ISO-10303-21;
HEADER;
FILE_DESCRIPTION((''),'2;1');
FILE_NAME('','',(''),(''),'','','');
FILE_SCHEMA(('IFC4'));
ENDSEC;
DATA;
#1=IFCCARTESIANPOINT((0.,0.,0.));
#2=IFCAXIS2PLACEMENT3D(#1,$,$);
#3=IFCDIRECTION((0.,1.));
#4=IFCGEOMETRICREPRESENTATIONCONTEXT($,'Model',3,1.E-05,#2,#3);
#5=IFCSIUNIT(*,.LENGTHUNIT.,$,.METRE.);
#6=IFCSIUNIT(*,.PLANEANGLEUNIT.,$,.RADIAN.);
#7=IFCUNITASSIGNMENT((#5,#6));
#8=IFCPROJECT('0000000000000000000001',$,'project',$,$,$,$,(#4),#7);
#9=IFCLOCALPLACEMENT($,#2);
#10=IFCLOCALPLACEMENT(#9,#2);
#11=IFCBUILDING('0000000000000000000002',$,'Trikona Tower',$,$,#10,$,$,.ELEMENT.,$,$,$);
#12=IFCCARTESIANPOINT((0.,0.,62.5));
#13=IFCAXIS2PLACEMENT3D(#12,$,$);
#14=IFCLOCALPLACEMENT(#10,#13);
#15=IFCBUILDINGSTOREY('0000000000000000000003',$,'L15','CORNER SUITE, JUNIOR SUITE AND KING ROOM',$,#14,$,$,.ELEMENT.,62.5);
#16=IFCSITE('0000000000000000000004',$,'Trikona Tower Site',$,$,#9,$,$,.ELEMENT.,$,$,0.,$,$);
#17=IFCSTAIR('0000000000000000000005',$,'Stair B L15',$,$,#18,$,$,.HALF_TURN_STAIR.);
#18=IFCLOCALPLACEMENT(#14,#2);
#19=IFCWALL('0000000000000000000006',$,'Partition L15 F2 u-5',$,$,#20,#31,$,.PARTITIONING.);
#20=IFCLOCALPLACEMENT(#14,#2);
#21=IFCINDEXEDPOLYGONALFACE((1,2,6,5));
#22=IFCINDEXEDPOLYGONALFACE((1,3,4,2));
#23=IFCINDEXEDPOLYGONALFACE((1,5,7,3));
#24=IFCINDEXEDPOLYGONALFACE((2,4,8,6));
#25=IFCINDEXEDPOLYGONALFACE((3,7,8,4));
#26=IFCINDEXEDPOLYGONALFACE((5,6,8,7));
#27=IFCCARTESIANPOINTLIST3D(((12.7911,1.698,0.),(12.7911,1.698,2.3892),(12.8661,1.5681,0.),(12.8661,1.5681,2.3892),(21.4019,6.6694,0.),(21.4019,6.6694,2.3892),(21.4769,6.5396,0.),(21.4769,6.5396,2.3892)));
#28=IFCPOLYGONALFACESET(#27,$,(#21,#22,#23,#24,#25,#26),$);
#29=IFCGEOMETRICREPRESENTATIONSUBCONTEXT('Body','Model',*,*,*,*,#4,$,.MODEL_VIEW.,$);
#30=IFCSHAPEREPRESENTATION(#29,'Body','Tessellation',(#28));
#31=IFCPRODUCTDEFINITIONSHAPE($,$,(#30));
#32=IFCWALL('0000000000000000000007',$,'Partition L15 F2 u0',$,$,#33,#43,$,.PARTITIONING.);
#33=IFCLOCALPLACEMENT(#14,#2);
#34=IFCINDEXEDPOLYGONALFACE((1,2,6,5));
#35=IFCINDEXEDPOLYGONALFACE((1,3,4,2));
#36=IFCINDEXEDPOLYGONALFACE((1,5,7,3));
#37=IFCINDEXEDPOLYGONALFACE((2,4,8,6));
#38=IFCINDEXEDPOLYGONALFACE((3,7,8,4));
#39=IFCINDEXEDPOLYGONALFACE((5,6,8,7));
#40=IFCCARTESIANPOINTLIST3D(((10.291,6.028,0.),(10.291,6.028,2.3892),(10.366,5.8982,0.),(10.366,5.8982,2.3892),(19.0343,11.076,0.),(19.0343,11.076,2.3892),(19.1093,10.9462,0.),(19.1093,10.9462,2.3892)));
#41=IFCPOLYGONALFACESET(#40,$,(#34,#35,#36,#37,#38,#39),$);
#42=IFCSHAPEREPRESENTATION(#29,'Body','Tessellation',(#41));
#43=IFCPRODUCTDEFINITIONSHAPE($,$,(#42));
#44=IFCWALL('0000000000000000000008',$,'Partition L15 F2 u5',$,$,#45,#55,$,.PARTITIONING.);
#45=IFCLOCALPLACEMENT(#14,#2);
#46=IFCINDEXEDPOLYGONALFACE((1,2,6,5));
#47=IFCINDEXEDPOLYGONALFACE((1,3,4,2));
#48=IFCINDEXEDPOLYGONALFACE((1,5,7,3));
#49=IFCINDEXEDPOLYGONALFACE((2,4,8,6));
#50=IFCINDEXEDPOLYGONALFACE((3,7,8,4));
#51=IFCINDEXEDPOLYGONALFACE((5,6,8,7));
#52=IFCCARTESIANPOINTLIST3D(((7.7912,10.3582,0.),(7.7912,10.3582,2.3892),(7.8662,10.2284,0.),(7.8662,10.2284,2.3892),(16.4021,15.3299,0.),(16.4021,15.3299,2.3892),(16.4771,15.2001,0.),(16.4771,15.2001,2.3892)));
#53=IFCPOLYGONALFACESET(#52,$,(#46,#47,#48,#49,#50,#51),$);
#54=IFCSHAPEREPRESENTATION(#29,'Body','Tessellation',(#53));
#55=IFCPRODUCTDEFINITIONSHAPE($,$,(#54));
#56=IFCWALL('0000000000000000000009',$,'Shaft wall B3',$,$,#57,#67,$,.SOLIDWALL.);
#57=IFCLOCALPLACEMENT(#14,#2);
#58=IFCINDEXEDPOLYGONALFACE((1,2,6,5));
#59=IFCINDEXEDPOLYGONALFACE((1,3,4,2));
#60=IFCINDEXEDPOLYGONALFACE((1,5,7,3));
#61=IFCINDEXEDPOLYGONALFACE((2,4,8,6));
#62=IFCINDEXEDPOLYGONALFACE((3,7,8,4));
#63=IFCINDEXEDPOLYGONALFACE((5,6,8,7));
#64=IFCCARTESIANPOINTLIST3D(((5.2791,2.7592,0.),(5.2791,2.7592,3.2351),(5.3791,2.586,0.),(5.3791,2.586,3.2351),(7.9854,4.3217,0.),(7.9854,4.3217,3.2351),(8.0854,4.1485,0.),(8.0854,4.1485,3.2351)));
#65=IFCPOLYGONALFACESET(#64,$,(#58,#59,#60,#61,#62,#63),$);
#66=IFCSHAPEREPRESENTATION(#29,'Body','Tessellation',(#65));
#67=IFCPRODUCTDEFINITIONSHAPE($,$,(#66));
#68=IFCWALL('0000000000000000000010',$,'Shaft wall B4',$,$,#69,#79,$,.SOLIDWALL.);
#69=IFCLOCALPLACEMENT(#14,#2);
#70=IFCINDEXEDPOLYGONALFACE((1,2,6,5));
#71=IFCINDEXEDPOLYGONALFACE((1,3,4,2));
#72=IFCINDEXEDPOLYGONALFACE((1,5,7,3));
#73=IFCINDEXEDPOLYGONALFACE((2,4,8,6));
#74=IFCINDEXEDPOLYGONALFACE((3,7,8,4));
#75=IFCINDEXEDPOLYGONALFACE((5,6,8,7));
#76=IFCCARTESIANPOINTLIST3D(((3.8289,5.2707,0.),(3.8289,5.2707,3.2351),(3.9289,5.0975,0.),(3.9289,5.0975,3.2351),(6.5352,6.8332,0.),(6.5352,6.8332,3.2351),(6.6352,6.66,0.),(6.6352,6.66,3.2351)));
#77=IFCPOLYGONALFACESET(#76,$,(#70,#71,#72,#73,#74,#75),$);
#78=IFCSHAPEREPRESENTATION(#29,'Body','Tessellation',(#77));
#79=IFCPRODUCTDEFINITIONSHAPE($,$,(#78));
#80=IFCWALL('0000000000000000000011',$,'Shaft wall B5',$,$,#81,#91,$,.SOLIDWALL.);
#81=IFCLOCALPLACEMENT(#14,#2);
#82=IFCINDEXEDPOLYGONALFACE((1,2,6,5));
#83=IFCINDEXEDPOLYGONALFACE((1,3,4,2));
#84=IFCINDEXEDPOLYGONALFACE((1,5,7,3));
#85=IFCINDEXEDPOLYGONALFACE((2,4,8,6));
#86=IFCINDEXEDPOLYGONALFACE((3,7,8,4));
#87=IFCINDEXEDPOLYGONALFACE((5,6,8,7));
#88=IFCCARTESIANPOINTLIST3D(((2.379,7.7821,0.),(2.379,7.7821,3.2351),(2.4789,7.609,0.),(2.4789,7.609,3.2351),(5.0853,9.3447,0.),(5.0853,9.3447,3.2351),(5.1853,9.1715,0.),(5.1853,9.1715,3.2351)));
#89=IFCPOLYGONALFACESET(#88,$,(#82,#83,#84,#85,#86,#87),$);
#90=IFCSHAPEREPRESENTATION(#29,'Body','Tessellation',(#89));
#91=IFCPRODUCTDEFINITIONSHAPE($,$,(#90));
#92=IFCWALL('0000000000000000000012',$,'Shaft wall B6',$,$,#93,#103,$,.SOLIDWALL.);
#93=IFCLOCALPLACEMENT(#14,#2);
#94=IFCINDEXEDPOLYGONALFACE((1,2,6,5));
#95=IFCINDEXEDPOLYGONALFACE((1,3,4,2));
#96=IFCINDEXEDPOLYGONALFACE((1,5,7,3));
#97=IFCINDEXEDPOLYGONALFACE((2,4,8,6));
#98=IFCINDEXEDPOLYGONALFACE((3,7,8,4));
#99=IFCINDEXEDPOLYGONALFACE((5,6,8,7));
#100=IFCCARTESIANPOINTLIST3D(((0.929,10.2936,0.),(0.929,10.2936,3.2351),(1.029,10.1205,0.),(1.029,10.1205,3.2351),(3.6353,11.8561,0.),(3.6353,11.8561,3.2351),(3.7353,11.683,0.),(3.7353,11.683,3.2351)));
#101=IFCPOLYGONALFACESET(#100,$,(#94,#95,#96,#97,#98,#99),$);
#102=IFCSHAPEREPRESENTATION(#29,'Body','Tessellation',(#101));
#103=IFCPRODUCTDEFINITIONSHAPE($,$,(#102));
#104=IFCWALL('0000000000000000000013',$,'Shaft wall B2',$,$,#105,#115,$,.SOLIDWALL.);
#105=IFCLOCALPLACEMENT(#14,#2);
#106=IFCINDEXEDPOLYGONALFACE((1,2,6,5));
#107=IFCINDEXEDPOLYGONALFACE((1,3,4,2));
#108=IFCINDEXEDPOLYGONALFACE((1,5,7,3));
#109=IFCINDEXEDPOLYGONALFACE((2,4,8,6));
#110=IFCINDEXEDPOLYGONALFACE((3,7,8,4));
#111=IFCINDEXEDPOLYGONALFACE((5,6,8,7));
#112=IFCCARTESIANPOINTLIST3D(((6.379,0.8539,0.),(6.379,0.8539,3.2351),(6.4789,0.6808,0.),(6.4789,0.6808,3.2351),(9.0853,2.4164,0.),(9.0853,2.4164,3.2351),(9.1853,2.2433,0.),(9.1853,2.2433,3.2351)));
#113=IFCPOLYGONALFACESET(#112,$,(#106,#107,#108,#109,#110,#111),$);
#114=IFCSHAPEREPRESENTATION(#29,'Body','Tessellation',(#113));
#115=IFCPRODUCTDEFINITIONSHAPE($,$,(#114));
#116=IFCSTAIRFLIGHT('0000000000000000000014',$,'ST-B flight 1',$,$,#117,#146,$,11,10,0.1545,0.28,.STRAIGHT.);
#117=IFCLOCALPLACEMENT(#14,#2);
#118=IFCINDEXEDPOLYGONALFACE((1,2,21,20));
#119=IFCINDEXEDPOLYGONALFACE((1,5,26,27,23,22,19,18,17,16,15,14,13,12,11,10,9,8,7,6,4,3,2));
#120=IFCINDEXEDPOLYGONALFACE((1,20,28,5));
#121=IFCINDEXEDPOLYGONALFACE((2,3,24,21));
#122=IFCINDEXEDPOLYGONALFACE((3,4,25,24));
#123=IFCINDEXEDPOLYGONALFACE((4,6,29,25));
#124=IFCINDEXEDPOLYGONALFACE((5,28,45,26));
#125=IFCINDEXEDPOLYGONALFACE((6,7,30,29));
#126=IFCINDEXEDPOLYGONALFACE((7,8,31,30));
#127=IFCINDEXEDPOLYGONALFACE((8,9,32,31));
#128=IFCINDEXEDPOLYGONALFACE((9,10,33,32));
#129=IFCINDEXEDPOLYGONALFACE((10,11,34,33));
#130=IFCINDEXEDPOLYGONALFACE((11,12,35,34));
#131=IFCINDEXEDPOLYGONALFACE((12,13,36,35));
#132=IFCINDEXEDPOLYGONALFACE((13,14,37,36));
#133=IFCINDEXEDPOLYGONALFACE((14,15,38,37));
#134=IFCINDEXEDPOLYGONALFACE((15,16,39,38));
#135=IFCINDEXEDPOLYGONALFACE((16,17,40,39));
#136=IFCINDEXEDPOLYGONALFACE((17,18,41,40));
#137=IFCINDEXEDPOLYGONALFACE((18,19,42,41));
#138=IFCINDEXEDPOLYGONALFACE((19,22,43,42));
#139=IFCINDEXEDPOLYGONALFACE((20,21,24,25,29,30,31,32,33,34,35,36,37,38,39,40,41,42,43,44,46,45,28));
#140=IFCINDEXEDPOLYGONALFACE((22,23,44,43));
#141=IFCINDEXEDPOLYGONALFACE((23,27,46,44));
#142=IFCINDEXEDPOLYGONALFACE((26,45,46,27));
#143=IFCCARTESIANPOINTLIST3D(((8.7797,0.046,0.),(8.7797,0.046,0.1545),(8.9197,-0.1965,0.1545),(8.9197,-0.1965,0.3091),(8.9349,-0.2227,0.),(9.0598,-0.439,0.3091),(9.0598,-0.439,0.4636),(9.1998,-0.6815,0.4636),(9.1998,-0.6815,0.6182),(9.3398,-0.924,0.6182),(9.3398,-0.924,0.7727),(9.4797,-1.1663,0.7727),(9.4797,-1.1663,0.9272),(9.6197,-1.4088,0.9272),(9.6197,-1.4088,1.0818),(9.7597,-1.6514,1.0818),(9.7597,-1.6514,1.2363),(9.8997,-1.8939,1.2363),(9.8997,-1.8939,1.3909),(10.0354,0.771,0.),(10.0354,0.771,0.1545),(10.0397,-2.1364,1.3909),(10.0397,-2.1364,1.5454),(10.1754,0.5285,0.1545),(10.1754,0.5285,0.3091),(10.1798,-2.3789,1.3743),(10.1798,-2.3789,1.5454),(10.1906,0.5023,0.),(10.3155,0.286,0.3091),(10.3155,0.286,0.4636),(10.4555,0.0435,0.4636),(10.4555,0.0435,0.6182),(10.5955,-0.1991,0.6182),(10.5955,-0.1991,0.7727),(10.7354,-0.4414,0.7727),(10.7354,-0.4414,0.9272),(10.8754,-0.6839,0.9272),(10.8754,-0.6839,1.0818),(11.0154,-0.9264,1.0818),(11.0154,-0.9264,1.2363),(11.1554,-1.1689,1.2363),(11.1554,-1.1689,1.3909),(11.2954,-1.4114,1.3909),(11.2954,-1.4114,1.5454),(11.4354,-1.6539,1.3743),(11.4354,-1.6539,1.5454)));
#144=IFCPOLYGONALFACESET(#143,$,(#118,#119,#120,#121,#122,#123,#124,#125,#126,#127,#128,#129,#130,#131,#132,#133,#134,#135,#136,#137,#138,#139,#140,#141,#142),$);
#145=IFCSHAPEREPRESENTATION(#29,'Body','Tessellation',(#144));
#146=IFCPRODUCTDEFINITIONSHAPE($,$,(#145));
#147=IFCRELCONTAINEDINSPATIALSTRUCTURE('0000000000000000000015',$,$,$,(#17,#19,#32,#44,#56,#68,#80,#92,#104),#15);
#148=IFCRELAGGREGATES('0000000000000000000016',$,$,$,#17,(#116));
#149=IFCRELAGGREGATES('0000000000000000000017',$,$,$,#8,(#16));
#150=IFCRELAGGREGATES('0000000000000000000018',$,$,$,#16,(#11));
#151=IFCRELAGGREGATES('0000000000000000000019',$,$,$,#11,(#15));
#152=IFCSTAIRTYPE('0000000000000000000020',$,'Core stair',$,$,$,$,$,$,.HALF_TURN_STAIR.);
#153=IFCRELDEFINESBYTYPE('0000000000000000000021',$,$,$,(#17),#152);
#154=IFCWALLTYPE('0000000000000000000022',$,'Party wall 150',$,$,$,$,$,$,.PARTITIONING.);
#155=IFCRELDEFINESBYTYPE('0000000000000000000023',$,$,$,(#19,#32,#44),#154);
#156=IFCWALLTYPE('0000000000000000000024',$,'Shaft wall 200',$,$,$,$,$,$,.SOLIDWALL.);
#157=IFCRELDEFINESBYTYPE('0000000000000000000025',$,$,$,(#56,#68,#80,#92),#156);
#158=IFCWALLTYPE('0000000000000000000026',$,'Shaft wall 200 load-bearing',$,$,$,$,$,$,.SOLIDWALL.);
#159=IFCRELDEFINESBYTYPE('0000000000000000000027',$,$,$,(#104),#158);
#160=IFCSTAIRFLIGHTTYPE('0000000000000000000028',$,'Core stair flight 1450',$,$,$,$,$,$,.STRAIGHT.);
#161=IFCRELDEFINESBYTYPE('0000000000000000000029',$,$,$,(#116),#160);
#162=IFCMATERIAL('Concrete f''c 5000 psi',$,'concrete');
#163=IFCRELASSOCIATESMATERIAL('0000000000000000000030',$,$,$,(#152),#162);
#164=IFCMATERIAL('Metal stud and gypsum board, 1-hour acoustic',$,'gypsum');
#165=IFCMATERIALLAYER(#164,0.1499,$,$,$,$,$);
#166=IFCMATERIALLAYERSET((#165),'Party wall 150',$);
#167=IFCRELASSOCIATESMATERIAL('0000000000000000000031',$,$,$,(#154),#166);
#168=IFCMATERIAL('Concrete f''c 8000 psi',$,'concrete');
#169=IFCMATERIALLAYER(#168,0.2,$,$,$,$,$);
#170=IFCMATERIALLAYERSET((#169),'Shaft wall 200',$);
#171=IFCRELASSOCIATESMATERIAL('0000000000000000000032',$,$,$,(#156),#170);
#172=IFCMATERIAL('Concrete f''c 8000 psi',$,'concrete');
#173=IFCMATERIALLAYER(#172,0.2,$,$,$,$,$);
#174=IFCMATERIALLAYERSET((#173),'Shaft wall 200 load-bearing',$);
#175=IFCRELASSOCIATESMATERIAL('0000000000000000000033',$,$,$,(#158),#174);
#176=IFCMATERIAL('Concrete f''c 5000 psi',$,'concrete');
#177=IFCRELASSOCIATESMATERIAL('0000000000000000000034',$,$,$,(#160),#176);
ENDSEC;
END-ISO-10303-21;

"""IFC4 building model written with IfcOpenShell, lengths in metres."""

from ifc_helpers import new_model, si_unit, direction, frame, frame_2d, origin, place, context, subcontext, project, spatial, polyline, rectangle, outline, extrude, material, layer, layer_set, type_object, element, aggregate, save


model = new_model("IFC4")

# Units and contexts
model_context = context("Model", 3, precision=1e-05, world=origin(), true_north=direction((0.0, 1.0)))
body_context = subcontext(model_context, "Body", "Model", "MODEL_VIEW")
ifc_project = project(units=[si_unit("LENGTHUNIT", "METRE"), si_unit("PLANEANGLEUNIT", "RADIAN")], contexts=[model_context])

# Site, building, storey
site_placement = place(None, origin())
site = spatial("IfcSite", under=ifc_project, at=site_placement, Name="Trikona Tower Site", CompositionType="ELEMENT", RefElevation=0.0)
building_placement = place(site_placement, origin())
building = spatial("IfcBuilding", under=site, at=building_placement, Name="Trikona Tower", CompositionType="ELEMENT")
storey_placement = place(building_placement, frame((0.0, 0.0, 62.5)))
storey = spatial("IfcBuildingStorey", under=building, at=storey_placement, Name="L15", Description="CORNER SUITE, JUNIOR SUITE AND KING ROOM", CompositionType="ELEMENT", Elevation=62.5)

# Stair
ifc_material_1 = material(Name="Concrete f'c 5000 psi", Category="concrete")
stair_type = type_object("IfcStairType", Name="Core stair", PredefinedType="HALF_TURN_STAIR", material=ifc_material_1)
stair_1_placement = place(storey_placement, origin())
stair_1 = element("IfcStair", 1, at=stair_1_placement, inside=storey, type_object=stair_type, Name="Stair B L15", PredefinedType="HALF_TURN_STAIR")

# Walls
ifc_material_2 = material(Name="Metal stud and gypsum board, 1-hour acoustic", Category="gypsum")
ifc_layer_1 = layer(ifc_material_2, 0.1499)
ifc_layer_set_1 = layer_set([ifc_layer_1], Name="Party wall 150")
wall_type_1 = type_object("IfcWallType", Name="Party wall 150", PredefinedType="PARTITIONING", material=ifc_layer_set_1)
wall_1_placement = place(storey_placement, frame((12.8286, 1.6331, 0.0), z_axis=(0.0, 0.0, 1.0), x_axis=(0.866027, 0.499997, 0.0)))
element("IfcWall", 2, at=wall_1_placement, inside=storey, type_object=wall_type_1, Name="Partition L15 F2 u-5", PredefinedType="PARTITIONING", context=body_context, shape_type="SweptSolid", body=[
    extrude(rectangle(XDim=9.9429, YDim=0.1499, at=frame_2d((4.9714, 0.0))), origin(), (0.0, 0.0, 1.0), 2.3892),
])
wall_2_placement = place(storey_placement, frame((10.3286, 5.9631, 0.0), z_axis=(0.0, 0.0, 1.0), x_axis=(0.866022, 0.500006, 0.0)))
element("IfcWall", 3, at=wall_2_placement, inside=storey, type_object=wall_type_1, Name="Partition L15 F2 u0", PredefinedType="PARTITIONING", context=body_context, shape_type="SweptSolid", body=[
    extrude(rectangle(XDim=10.0959, YDim=0.1499, at=frame_2d((5.0479, 0.0))), origin(), (0.0, 0.0, 1.0), 2.3892),
])
wall_3_placement = place(storey_placement, frame((7.8286, 10.2932, 0.0), z_axis=(0.0, 0.0, 1.0), x_axis=(0.866016, 0.500016, 0.0)))
element("IfcWall", 4, at=wall_3_placement, inside=storey, type_object=wall_type_1, Name="Partition L15 F2 u5", PredefinedType="PARTITIONING", context=body_context, shape_type="SweptSolid", body=[
    extrude(rectangle(XDim=9.9431, YDim=0.1499, at=frame_2d((4.9717, 0.0))), origin(), (0.0, 0.0, 1.0), 2.3892),
])
ifc_material_3 = material(Name="Concrete f'c 8000 psi", Category="concrete")
ifc_layer_2 = layer(ifc_material_3, 0.2)
ifc_layer_set_2 = layer_set([ifc_layer_2], Name="Shaft wall 200")
wall_type_2 = type_object("IfcWallType", Name="Shaft wall 200", PredefinedType="SOLIDWALL", material=ifc_layer_set_2)
for number, where, z_axis, x_axis, name in (
    (5, (5.3291, 2.6726, 0.0), (0.0, 0.0, 1.0), (0.866023, 0.500004, 0.0), "Shaft wall B3"),
    (6, (3.8789, 5.1841, 0.0), (0.0, 0.0, 1.0), (0.866023, 0.500004, 0.0), "Shaft wall B4"),
    (7, (2.429, 7.6956, 0.0), (0.0, 0.0, 1.0), (0.866023, 0.500004, 0.0), "Shaft wall B5"),
    (8, (0.979, 10.207, 0.0), (0.0, 0.0, 1.0), (0.866023, 0.500004, 0.0), "Shaft wall B6"),
):
    element("IfcWall", number, at=place(storey_placement, frame(where, z_axis=z_axis, x_axis=x_axis)), inside=storey, type_object=wall_type_2, Name=name, PredefinedType="SOLIDWALL", context=body_context, shape_type="SweptSolid", body=[
        extrude(rectangle(XDim=3.125, YDim=0.2, at=frame_2d((1.5625, 0.0))), origin(), (0.0, 0.0, 1.0), 3.2351),
    ])
ifc_material_4 = material(Name="Concrete f'c 8000 psi", Category="concrete")
ifc_layer_3 = layer(ifc_material_4, 0.2)
ifc_layer_set_3 = layer_set([ifc_layer_3], Name="Shaft wall 200 load-bearing")
wall_type_3 = type_object("IfcWallType", Name="Shaft wall 200 load-bearing", PredefinedType="SOLIDWALL", material=ifc_layer_set_3)
wall_4_placement = place(storey_placement, frame((6.429, 0.7673, 0.0), z_axis=(0.0, 0.0, 1.0), x_axis=(0.866023, 0.500004, 0.0)))
element("IfcWall", 9, at=wall_4_placement, inside=storey, type_object=wall_type_3, Name="Shaft wall B2", PredefinedType="SOLIDWALL", context=body_context, shape_type="SweptSolid", body=[
    extrude(rectangle(XDim=3.125, YDim=0.2, at=frame_2d((1.5625, 0.0))), origin(), (0.0, 0.0, 1.0), 3.2351),
])

# Stair flight
ifc_material_5 = material(Name="Concrete f'c 5000 psi", Category="concrete")
stair_flight_type = type_object("IfcStairFlightType", Name="Core stair flight 1450", PredefinedType="STRAIGHT", material=ifc_material_5)
stair_flight_placement = place(storey_placement, frame((9.4075, 0.4084, 0.0), z_axis=(0.0, 0.0, 1.0), x_axis=(0.5, -0.866025, 0.0)))
stair_flight = element("IfcStairFlight", 10, at=stair_flight_placement, type_object=stair_flight_type, Name="ST-B flight 1", NumberOfRisers=11, NumberOfTreads=10, PredefinedType="STRAIGHT", RiserHeight=0.1545, TreadLength=0.28, context=body_context, shape_type="SweptSolid", body=[
    extrude(outline(polyline([(0.0, 0.0), (0.0, 0.1545), (0.28, 0.1545), (0.28, 0.3091), (0.5601, 0.3091), (0.5601, 0.4636), (0.8401, 0.4636), (0.8401, 0.6182), (1.1201, 0.6182), (1.1201, 0.7727), (1.3999, 0.7727), (1.3999, 0.9272), (1.6799, 0.9272), (1.6799, 1.0818), (1.96, 1.0818), (1.96, 1.2363), (2.24, 1.2363), (2.24, 1.3909), (2.52, 1.3909), (2.52, 1.5454), (2.8, 1.5454), (2.8, 1.7), (2.8, 1.3743), (0.3103, 0.0), (0.0, 0.0)])), frame((0.0, 0.7251, 0.0), z_axis=(0.0, -1.0, 0.0), x_axis=(1.0, 0.0, 0.0)), (0.0, 0.0, 1.0), 1.45),
])
aggregate(stair_1, [stair_flight])

save(model, "model.ifc")
